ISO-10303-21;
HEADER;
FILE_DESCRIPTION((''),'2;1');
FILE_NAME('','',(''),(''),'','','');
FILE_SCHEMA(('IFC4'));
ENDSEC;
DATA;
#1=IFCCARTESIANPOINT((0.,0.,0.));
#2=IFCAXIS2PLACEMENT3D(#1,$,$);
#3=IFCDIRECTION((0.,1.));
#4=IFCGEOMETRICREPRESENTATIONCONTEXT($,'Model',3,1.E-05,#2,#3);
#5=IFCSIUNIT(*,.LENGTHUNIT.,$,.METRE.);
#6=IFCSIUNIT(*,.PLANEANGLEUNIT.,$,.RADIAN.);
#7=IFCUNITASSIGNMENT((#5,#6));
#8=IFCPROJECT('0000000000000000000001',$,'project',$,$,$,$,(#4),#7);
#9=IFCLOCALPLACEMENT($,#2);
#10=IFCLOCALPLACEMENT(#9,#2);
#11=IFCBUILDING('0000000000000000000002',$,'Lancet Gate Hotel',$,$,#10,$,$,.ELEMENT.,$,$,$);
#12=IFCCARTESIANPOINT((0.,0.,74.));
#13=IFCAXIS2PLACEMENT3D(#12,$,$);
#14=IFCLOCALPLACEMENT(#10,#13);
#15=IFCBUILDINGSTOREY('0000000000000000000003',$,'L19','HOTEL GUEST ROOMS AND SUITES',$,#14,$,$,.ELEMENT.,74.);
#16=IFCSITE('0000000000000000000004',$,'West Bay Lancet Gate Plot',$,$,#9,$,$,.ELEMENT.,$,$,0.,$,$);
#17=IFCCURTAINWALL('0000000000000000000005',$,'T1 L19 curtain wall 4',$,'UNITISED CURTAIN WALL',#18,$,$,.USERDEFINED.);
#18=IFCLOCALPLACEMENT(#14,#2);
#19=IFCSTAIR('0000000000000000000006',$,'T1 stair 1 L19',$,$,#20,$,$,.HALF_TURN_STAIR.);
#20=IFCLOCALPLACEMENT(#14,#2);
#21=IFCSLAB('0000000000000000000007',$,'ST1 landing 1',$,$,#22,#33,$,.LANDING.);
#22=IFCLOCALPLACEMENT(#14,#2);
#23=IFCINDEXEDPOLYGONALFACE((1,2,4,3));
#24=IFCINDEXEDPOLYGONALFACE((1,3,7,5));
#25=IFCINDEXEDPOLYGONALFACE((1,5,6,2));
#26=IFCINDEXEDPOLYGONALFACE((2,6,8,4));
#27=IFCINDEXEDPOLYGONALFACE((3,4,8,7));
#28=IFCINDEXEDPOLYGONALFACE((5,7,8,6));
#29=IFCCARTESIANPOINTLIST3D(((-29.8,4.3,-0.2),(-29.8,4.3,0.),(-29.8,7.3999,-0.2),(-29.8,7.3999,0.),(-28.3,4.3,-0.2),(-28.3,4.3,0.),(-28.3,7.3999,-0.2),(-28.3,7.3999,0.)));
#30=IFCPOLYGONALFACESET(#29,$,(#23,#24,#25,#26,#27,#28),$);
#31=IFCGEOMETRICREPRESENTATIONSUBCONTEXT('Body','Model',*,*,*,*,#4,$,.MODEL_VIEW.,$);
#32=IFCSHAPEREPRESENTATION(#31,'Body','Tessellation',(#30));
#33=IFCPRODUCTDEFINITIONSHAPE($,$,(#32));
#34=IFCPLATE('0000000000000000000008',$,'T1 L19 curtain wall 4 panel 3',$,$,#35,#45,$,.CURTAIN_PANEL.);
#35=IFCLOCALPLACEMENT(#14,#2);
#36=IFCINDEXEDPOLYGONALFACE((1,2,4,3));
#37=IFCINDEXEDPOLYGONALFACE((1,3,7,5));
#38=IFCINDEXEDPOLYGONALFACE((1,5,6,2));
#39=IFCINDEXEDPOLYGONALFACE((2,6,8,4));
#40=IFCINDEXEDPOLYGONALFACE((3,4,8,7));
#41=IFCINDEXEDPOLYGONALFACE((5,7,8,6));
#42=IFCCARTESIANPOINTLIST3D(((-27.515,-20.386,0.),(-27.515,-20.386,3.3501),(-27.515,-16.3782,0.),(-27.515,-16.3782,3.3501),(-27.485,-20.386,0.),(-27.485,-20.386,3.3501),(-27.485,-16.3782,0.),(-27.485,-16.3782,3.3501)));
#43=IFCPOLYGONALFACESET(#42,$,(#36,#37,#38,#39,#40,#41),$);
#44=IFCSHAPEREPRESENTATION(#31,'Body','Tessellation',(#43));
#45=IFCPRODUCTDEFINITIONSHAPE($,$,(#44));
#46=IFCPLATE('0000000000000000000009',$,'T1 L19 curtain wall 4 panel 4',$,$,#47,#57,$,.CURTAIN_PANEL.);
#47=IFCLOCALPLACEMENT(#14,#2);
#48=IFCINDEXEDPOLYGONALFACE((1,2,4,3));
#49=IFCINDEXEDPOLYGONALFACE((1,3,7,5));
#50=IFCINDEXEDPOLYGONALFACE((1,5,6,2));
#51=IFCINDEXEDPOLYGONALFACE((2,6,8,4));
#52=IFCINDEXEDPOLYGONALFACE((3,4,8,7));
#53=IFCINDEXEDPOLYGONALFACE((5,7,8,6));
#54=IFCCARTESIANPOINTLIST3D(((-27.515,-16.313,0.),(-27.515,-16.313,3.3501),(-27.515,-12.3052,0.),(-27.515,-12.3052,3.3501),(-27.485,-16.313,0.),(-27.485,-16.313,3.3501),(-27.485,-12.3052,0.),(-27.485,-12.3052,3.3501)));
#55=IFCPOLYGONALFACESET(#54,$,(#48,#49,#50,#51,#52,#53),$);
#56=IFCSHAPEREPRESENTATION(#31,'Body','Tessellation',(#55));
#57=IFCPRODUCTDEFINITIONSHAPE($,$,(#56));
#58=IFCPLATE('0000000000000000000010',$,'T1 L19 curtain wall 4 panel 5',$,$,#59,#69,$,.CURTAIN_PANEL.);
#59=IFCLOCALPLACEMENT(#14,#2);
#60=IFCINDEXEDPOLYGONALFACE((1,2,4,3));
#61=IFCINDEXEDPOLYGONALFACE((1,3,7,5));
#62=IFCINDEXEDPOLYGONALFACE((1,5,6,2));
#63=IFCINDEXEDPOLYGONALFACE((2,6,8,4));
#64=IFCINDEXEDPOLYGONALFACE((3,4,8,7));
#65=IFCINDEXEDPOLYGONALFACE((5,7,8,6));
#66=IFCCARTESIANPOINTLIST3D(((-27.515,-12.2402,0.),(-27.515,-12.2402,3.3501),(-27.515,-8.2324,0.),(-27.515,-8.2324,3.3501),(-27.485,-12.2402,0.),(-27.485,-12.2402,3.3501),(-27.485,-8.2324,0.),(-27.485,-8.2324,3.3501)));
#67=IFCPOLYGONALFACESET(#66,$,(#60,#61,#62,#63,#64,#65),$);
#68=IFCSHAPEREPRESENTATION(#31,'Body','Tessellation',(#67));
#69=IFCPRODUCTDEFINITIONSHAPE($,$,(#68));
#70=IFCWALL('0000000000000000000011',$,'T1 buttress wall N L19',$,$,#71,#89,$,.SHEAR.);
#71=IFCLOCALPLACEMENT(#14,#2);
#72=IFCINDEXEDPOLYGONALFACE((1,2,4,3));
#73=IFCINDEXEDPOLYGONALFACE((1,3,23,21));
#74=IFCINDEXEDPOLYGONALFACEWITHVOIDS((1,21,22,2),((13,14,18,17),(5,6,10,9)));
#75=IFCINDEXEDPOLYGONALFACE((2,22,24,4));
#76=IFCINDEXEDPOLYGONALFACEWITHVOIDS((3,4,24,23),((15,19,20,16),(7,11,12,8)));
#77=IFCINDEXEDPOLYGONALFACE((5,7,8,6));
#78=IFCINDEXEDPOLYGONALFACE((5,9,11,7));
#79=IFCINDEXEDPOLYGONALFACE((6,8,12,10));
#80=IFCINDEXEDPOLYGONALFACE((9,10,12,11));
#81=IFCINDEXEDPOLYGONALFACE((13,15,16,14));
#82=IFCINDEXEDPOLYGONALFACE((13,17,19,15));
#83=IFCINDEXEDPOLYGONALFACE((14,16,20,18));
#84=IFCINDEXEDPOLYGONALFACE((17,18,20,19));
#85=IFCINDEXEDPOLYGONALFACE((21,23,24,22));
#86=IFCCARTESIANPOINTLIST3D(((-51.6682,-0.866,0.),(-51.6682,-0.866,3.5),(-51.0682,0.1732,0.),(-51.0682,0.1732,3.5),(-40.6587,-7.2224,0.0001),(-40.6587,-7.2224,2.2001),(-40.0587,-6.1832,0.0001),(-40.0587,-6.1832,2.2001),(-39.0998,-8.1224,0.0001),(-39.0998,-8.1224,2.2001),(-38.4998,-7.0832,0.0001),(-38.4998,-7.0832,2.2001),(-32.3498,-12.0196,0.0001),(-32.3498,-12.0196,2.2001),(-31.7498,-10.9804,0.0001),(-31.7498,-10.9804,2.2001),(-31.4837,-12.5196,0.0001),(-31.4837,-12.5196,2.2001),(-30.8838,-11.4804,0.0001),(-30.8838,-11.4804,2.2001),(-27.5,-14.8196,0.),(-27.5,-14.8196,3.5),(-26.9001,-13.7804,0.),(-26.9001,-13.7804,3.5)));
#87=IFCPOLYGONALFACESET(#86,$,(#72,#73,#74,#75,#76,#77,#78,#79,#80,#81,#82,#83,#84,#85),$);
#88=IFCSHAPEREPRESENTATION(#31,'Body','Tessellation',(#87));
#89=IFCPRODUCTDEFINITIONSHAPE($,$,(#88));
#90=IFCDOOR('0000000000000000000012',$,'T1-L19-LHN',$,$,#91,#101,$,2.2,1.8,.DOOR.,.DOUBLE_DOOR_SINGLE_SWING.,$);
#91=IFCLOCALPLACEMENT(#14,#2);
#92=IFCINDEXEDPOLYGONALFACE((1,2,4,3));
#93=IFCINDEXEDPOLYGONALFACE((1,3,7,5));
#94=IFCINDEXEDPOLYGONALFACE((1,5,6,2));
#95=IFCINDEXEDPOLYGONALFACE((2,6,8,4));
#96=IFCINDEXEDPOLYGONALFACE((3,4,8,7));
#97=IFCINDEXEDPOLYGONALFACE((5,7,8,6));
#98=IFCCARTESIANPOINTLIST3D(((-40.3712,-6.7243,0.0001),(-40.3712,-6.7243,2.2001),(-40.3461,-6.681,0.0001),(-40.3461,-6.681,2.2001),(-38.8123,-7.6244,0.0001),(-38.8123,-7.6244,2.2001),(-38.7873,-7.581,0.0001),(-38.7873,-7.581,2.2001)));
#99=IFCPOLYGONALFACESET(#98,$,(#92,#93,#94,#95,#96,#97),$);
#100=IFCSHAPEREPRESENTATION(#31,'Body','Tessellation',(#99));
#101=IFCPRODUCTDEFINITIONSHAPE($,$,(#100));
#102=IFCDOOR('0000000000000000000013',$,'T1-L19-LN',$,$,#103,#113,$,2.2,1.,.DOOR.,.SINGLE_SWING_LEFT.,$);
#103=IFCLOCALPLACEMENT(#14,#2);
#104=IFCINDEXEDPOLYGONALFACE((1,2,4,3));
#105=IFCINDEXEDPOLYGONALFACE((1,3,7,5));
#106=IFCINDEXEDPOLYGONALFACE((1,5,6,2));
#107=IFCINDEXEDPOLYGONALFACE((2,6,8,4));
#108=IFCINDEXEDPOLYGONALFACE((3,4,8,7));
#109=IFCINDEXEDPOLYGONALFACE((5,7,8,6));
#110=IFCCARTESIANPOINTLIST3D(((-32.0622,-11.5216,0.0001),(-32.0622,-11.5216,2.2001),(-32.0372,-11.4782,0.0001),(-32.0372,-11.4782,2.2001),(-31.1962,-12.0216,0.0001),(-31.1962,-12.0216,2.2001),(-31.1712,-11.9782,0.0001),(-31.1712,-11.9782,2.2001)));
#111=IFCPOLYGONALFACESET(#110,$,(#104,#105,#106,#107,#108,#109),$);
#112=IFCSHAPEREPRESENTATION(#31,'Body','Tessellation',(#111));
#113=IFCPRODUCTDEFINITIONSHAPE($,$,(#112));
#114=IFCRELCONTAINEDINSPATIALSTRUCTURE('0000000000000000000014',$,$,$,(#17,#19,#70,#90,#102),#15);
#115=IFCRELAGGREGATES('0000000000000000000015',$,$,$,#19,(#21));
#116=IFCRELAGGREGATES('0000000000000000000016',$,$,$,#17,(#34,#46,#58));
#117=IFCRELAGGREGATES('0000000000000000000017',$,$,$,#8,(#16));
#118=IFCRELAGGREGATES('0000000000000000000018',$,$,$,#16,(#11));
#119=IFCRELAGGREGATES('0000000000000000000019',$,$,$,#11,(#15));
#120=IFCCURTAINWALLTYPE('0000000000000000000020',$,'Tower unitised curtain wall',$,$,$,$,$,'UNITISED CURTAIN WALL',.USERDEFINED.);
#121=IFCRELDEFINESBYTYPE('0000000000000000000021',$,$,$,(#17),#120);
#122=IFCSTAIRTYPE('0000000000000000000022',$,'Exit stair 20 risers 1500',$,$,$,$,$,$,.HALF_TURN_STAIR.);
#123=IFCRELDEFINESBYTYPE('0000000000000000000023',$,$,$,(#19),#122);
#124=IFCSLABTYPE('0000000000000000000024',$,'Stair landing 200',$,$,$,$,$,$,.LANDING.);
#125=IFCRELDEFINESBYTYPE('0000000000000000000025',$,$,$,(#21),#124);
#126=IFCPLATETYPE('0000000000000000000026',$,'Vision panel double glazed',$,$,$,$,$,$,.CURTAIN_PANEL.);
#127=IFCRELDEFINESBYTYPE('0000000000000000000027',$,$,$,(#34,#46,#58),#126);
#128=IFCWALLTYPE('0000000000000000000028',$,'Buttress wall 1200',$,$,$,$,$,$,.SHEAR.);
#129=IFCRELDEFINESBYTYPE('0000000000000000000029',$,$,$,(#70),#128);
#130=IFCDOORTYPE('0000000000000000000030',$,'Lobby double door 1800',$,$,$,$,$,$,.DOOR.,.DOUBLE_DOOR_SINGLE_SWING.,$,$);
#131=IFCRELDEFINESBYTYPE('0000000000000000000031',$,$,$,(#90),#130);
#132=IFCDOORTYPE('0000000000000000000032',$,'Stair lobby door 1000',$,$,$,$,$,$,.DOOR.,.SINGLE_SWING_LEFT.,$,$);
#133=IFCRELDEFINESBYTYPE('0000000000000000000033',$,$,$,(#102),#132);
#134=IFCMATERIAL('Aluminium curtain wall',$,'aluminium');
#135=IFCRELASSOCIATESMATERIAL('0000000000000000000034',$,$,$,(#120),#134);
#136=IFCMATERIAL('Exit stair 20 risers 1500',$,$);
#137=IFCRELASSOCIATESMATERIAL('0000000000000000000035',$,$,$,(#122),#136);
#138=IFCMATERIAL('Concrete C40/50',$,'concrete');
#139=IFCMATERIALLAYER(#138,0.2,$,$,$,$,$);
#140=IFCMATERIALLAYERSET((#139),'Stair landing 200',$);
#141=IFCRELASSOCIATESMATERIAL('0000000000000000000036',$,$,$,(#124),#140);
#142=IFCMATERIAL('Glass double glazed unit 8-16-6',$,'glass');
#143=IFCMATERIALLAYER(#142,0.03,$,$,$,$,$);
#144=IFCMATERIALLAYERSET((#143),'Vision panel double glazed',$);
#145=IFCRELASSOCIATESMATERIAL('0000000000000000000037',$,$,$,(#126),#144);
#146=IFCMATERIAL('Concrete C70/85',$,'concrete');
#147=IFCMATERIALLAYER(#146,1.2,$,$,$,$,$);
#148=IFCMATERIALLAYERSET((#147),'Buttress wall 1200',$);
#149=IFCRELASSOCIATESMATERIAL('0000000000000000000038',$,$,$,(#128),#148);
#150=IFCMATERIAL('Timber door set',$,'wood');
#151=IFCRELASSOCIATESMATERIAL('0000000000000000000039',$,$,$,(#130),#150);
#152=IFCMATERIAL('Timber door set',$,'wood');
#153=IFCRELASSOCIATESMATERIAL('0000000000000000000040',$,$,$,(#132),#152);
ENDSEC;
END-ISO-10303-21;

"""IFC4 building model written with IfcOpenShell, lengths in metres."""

from ifc_helpers import new_model, si_unit, direction, frame, frame_2d, origin, origin_2d, place, context, subcontext, project, spatial, polyline, rectangle, outline, extrude, material, layer, layer_set, type_object, element, fill, aggregate, save


model = new_model("IFC4")

# Units and contexts
model_context = context("Model", 3, precision=1e-05, world=origin(), true_north=direction((0.0, 1.0)))
body_context = subcontext(model_context, "Body", "Model", "MODEL_VIEW")
ifc_project = project(units=[si_unit("LENGTHUNIT", "METRE"), si_unit("PLANEANGLEUNIT", "RADIAN")], contexts=[model_context])

# Site, building, storey
site_placement = place(None, origin())
site = spatial("IfcSite", under=ifc_project, at=site_placement, Name="West Bay Lancet Gate Plot", CompositionType="ELEMENT", RefElevation=0.0)
building_placement = place(site_placement, origin())
building = spatial("IfcBuilding", under=site, at=building_placement, Name="Lancet Gate Hotel", CompositionType="ELEMENT")
storey_placement = place(building_placement, frame((0.0, 0.0, 74.0)))
storey = spatial("IfcBuildingStorey", under=building, at=storey_placement, Name="L19", Description="HOTEL GUEST ROOMS AND SUITES", CompositionType="ELEMENT", Elevation=74.0)

# Curtain wall
ifc_material_1 = material(Name="Aluminium curtain wall", Category="aluminium")
curtain_wall_type = type_object("IfcCurtainWallType", Name="Tower unitised curtain wall", ElementType="UNITISED CURTAIN WALL", PredefinedType="USERDEFINED", material=ifc_material_1)
curtain_wall_placement = place(storey_placement, origin())
curtain_wall = element("IfcCurtainWall", 1, at=curtain_wall_placement, inside=storey, type_object=curtain_wall_type, Name="T1 L19 curtain wall 4", ObjectType="UNITISED CURTAIN WALL", PredefinedType="USERDEFINED")

# Stair, slab
ifc_material_2 = material(Name="Exit stair 20 risers 1500")
stair_type = type_object("IfcStairType", Name="Exit stair 20 risers 1500", PredefinedType="HALF_TURN_STAIR", material=ifc_material_2)
stair_placement = place(storey_placement, origin())
stair = element("IfcStair", 2, at=stair_placement, inside=storey, type_object=stair_type, Name="T1 stair 1 L19", PredefinedType="HALF_TURN_STAIR")
ifc_material_3 = material(Name="Concrete C40/50", Category="concrete")
ifc_layer_1 = layer(ifc_material_3, 0.2)
ifc_layer_set_1 = layer_set([ifc_layer_1], Name="Stair landing 200")
slab_type_1 = type_object("IfcSlabType", Name="Stair landing 200", PredefinedType="LANDING", material=ifc_layer_set_1)
slab_1_placement = place(storey_placement, frame((0.0, 0.0, -0.2)))
slab_1 = element("IfcSlab", 3, at=slab_1_placement, type_object=slab_type_1, Name="ST1 landing 1", PredefinedType="LANDING", context=body_context, shape_type="SweptSolid", body=[
    extrude(outline(polyline([(-28.3, 7.3999), (-29.8, 7.3999), (-29.8, 4.3), (-28.3, 4.3), (-28.3, 7.3999)])), origin(), (0.0, 0.0, 1.0), 0.2),
])
aggregate(stair, [slab_1])

# Plates
ifc_material_4 = material(Name="Glass double glazed unit 8-16-6", Category="glass")
ifc_layer_2 = layer(ifc_material_4, 0.03)
ifc_layer_set_2 = layer_set([ifc_layer_2], Name="Vision panel double glazed")
plate_type = type_object("IfcPlateType", Name="Vision panel double glazed", PredefinedType="CURTAIN_PANEL", material=ifc_layer_set_2)
plate_1_placement = place(storey_placement, frame((-27.5, -18.3821, 0.0), z_axis=(0.0, 0.0, 1.0), x_axis=(0.0, 1.0, 0.0)))
plate_1 = element("IfcPlate", 4, at=plate_1_placement, type_object=plate_type, Name="T1 L19 curtain wall 4 panel 3", PredefinedType="CURTAIN_PANEL", context=body_context, shape_type="SweptSolid", body=[
    extrude(rectangle(XDim=4.0078, YDim=0.03, at=origin_2d()), origin(), (0.0, 0.0, 1.0), 3.3501),
])
plate_2_placement = place(storey_placement, frame((-27.5, -14.3091, 0.0), z_axis=(0.0, 0.0, 1.0), x_axis=(0.0, 1.0, 0.0)))
plate_2 = element("IfcPlate", 5, at=plate_2_placement, type_object=plate_type, Name="T1 L19 curtain wall 4 panel 4", PredefinedType="CURTAIN_PANEL", context=body_context, shape_type="SweptSolid", body=[
    extrude(rectangle(XDim=4.0078, YDim=0.03, at=origin_2d()), origin(), (0.0, 0.0, 1.0), 3.3501),
])
plate_3_placement = place(storey_placement, frame((-27.5, -10.2363, 0.0), z_axis=(0.0, 0.0, 1.0), x_axis=(0.0, 1.0, 0.0)))
plate_3 = element("IfcPlate", 6, at=plate_3_placement, type_object=plate_type, Name="T1 L19 curtain wall 4 panel 5", PredefinedType="CURTAIN_PANEL", context=body_context, shape_type="SweptSolid", body=[
    extrude(rectangle(XDim=4.0078, YDim=0.03, at=origin_2d()), origin(), (0.0, 0.0, 1.0), 3.3501),
])
aggregate(curtain_wall, [plate_1, plate_2, plate_3])

# Wall, openings, doors
ifc_material_5 = material(Name="Concrete C70/85", Category="concrete")
ifc_layer_3 = layer(ifc_material_5, 1.2)
ifc_layer_set_3 = layer_set([ifc_layer_3], Name="Buttress wall 1200")
wall_type = type_object("IfcWallType", Name="Buttress wall 1200", PredefinedType="SHEAR", material=ifc_layer_set_3)
wall_placement = place(storey_placement, frame((-27.2, -14.3, 0.0), z_axis=(0.0, 0.0, 1.0), x_axis=(-0.866024, 0.500002, 0.0)))
wall = element("IfcWall", 7, at=wall_placement, inside=storey, type_object=wall_type, Name="T1 buttress wall N L19", PredefinedType="SHEAR", context=body_context, shape_type="SweptSolid", body=[
    extrude(rectangle(XDim=27.907, YDim=1.2, at=frame_2d((13.9536, 0.0))), origin(), (0.0, 0.0, 1.0), 3.5),
])
opening_1_placement = place(wall_placement, frame((4.6001, 0.0, 0.0)))
opening_1 = element("IfcOpeningElement", 8, at=opening_1_placement, cuts=wall, PredefinedType="OPENING", context=body_context, shape_type="SweptSolid", body=[
    extrude(rectangle(XDim=1.0, YDim=2.2, at=frame_2d((0.5, 1.1001))), frame((0.0, 0.6099, 0.0), z_axis=(0.0, -1.0, 0.0), x_axis=(1.0, 0.0, 0.0)), (0.0, 0.0, 1.0), 1.22),
])
opening_2_placement = place(wall_placement, frame((13.3945, 0.0, 0.0)))
opening_2 = element("IfcOpeningElement", 9, at=opening_2_placement, cuts=wall, PredefinedType="OPENING", context=body_context, shape_type="SweptSolid", body=[
    extrude(rectangle(XDim=1.8, YDim=2.2, at=frame_2d((0.8999, 1.1001))), frame((0.0, 0.6099, 0.0), z_axis=(0.0, -1.0, 0.0), x_axis=(1.0, 0.0, 0.0)), (0.0, 0.0, 1.0), 1.22),
])
ifc_material_6 = material(Name="Timber door set", Category="wood")
door_type_1 = type_object("IfcDoorType", Name="Lobby double door 1800", OperationType="DOUBLE_DOOR_SINGLE_SWING", PredefinedType="DOOR", material=ifc_material_6)
door_1_placement = place(opening_2_placement, origin())
door_1 = element("IfcDoor", 10, at=door_1_placement, inside=storey, type_object=door_type_1, Name="T1-L19-LHN", OperationType="DOUBLE_DOOR_SINGLE_SWING", OverallHeight=2.2, OverallWidth=1.8, PredefinedType="DOOR", context=body_context, shape_type="SweptSolid", body=[
    extrude(rectangle(XDim=1.8, YDim=2.2, at=frame_2d((0.8999, 1.1001))), frame((0.0, 0.0249, 0.0), z_axis=(0.0, -1.0, 0.0), x_axis=(1.0, 0.0, 0.0)), (0.0, 0.0, 1.0), 0.05),
])
fill(opening_2, door_1)
ifc_material_7 = material(Name="Timber door set", Category="wood")
door_type_2 = type_object("IfcDoorType", Name="Stair lobby door 1000", OperationType="SINGLE_SWING_LEFT", PredefinedType="DOOR", material=ifc_material_7)
door_2_placement = place(opening_1_placement, origin())
door_2 = element("IfcDoor", 11, at=door_2_placement, inside=storey, type_object=door_type_2, Name="T1-L19-LN", OperationType="SINGLE_SWING_LEFT", OverallHeight=2.2, OverallWidth=1.0, PredefinedType="DOOR", context=body_context, shape_type="SweptSolid", body=[
    extrude(rectangle(XDim=1.0, YDim=2.2, at=frame_2d((0.5, 1.1001))), frame((0.0, 0.0249, 0.0), z_axis=(0.0, -1.0, 0.0), x_axis=(1.0, 0.0, 0.0)), (0.0, 0.0, 1.0), 0.05),
])
fill(opening_1, door_2)

save(model, "model.ifc")
